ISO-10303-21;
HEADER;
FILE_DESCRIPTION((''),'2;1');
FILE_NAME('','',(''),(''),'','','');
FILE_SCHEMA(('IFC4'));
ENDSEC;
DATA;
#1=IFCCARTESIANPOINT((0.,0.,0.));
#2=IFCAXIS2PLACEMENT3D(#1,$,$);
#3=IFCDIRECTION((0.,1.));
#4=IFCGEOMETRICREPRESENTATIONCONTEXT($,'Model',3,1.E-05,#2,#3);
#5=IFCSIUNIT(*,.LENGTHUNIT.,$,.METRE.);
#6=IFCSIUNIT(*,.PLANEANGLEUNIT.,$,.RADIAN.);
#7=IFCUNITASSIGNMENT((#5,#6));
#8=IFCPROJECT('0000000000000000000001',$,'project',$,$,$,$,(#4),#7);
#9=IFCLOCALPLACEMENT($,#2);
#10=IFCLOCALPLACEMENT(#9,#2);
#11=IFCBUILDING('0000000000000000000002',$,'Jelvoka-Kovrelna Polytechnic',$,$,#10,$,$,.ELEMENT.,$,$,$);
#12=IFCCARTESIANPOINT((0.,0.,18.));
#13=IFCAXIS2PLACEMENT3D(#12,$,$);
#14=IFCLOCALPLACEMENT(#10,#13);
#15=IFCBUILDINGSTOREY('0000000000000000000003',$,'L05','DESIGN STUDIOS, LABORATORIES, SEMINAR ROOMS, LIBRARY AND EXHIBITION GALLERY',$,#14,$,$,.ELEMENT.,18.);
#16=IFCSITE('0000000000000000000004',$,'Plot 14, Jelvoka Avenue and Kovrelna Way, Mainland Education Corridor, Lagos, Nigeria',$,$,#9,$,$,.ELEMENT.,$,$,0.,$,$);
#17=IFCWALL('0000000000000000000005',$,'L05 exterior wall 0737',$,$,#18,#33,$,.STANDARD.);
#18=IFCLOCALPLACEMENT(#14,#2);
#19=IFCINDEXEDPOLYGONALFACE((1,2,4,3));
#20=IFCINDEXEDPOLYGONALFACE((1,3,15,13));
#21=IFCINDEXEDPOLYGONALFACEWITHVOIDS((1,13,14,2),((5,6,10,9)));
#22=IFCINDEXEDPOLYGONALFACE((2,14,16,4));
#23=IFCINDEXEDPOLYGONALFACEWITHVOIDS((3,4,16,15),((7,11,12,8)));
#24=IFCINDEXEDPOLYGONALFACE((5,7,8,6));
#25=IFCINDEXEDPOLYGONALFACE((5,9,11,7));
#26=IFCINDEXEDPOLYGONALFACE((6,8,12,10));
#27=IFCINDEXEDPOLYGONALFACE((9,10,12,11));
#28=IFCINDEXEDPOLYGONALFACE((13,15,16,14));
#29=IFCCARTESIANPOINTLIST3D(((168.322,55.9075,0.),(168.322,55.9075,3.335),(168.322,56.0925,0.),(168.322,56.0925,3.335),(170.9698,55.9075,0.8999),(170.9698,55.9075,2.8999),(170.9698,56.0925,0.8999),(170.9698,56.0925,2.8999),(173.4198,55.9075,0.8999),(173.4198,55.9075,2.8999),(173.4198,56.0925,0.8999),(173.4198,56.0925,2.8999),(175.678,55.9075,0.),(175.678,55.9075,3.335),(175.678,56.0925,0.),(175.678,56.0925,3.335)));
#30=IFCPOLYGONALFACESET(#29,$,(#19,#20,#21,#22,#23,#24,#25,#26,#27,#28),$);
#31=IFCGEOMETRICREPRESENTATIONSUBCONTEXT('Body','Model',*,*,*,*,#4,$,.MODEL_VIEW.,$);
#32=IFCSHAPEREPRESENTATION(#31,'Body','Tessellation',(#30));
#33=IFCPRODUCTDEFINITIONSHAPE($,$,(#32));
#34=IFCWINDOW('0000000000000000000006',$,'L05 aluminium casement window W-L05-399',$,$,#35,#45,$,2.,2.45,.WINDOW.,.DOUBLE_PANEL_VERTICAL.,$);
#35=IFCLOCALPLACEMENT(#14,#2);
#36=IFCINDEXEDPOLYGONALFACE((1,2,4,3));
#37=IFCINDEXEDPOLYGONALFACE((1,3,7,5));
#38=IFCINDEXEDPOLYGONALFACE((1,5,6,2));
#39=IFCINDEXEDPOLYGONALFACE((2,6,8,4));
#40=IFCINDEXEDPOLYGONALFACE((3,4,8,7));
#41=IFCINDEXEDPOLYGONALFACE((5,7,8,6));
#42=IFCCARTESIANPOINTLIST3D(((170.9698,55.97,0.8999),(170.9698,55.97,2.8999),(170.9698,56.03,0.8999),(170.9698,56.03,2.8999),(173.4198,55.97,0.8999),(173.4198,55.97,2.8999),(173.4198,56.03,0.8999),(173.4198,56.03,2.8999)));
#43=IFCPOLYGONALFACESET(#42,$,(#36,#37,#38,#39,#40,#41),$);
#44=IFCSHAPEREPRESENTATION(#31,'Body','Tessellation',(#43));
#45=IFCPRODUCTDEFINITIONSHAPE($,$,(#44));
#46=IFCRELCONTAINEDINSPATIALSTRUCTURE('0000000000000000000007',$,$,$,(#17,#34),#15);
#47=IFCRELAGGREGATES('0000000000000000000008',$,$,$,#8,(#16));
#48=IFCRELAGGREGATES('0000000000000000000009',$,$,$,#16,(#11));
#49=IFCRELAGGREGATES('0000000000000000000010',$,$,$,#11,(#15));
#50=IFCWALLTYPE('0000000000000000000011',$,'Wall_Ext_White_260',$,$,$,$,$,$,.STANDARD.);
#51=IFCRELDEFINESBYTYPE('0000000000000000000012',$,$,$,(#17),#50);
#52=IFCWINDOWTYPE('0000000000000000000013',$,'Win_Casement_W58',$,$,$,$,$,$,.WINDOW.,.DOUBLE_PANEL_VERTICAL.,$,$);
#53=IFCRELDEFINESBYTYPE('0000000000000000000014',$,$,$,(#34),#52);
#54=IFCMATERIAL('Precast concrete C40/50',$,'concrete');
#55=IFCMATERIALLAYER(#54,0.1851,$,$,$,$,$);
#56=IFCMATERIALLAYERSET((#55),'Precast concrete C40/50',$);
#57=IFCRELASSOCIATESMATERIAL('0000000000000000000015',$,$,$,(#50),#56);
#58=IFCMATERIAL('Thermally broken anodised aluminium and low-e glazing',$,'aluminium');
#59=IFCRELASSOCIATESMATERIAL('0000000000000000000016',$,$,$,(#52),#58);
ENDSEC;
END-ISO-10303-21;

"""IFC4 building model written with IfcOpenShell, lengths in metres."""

from ifc_helpers import new_model, si_unit, direction, frame, frame_2d, origin, place, context, subcontext, project, spatial, rectangle, extrude, material, layer, layer_set, type_object, element, fill, save


model = new_model("IFC4")

# Units and contexts
model_context = context("Model", 3, precision=1e-05, world=origin(), true_north=direction((0.0, 1.0)))
body_context = subcontext(model_context, "Body", "Model", "MODEL_VIEW")
ifc_project = project(units=[si_unit("LENGTHUNIT", "METRE"), si_unit("PLANEANGLEUNIT", "RADIAN")], contexts=[model_context])

# Site, building, storey
site_placement = place(None, origin())
site = spatial("IfcSite", under=ifc_project, at=site_placement, Name="Plot 14, Jelvoka Avenue and Kovrelna Way, Mainland Education Corridor, Lagos, Nigeria", CompositionType="ELEMENT", RefElevation=0.0)
building_placement = place(site_placement, origin())
building = spatial("IfcBuilding", under=site, at=building_placement, Name="Jelvoka-Kovrelna Polytechnic", CompositionType="ELEMENT")
storey_placement = place(building_placement, frame((0.0, 0.0, 18.0)))
storey = spatial("IfcBuildingStorey", under=building, at=storey_placement, Name="L05", Description="DESIGN STUDIOS, LABORATORIES, SEMINAR ROOMS, LIBRARY AND EXHIBITION GALLERY", CompositionType="ELEMENT", Elevation=18.0)

# Wall, opening, window
ifc_material_1 = material(Name="Precast concrete C40/50", Category="concrete")
ifc_layer_1 = layer(ifc_material_1, 0.1851)
ifc_layer_set_1 = layer_set([ifc_layer_1], Name="Precast concrete C40/50")
wall_type_1 = type_object("IfcWallType", Name="Wall_Ext_White_260", PredefinedType="STANDARD", material=ifc_layer_set_1)
wall_1_placement = place(storey_placement, frame((175.678, 56.0, 0.0), z_axis=(0.0, 0.0, 1.0), x_axis=(-1.0, 0.0, 0.0)))
wall_1 = element("IfcWall", 1, at=wall_1_placement, inside=storey, type_object=wall_type_1, Name="L05 exterior wall 0737", PredefinedType="STANDARD", context=body_context, shape_type="SweptSolid", body=[
    extrude(rectangle(XDim=7.356, YDim=0.1851, at=frame_2d((3.678, 0.0))), origin(), (0.0, 0.0, 1.0), 3.335),
])
opening_placement = place(wall_1_placement, frame((2.2581, 0.0, 0.8999)))
opening = element("IfcOpeningElement", 2, at=opening_placement, cuts=wall_1, PredefinedType="OPENING", context=body_context, shape_type="SweptSolid", body=[
    extrude(rectangle(XDim=2.45, YDim=2.0, at=frame_2d((1.2251, 1.0))), frame((0.0, 0.1025, 0.0), z_axis=(0.0, -1.0, 0.0), x_axis=(1.0, 0.0, 0.0)), (0.0, 0.0, 1.0), 0.2051),
])
ifc_material_2 = material(Name="Thermally broken anodised aluminium and low-e glazing", Category="aluminium")
window_type = type_object("IfcWindowType", Name="Win_Casement_W58", PartitioningType="DOUBLE_PANEL_VERTICAL", PredefinedType="WINDOW", material=ifc_material_2)
window_placement = place(opening_placement, origin())
window = element("IfcWindow", 3, at=window_placement, inside=storey, type_object=window_type, Name="L05 aluminium casement window W-L05-399", OverallHeight=2.0, OverallWidth=2.45, PartitioningType="DOUBLE_PANEL_VERTICAL", PredefinedType="WINDOW", context=body_context, shape_type="SweptSolid", body=[
    extrude(rectangle(XDim=2.45, YDim=2.0, at=frame_2d((1.2251, 1.0))), frame((0.0, 0.03, 0.0), z_axis=(0.0, -1.0, 0.0), x_axis=(1.0, 0.0, 0.0)), (0.0, 0.0, 1.0), 0.0601),
])
fill(opening, window)

save(model, "model.ifc")
